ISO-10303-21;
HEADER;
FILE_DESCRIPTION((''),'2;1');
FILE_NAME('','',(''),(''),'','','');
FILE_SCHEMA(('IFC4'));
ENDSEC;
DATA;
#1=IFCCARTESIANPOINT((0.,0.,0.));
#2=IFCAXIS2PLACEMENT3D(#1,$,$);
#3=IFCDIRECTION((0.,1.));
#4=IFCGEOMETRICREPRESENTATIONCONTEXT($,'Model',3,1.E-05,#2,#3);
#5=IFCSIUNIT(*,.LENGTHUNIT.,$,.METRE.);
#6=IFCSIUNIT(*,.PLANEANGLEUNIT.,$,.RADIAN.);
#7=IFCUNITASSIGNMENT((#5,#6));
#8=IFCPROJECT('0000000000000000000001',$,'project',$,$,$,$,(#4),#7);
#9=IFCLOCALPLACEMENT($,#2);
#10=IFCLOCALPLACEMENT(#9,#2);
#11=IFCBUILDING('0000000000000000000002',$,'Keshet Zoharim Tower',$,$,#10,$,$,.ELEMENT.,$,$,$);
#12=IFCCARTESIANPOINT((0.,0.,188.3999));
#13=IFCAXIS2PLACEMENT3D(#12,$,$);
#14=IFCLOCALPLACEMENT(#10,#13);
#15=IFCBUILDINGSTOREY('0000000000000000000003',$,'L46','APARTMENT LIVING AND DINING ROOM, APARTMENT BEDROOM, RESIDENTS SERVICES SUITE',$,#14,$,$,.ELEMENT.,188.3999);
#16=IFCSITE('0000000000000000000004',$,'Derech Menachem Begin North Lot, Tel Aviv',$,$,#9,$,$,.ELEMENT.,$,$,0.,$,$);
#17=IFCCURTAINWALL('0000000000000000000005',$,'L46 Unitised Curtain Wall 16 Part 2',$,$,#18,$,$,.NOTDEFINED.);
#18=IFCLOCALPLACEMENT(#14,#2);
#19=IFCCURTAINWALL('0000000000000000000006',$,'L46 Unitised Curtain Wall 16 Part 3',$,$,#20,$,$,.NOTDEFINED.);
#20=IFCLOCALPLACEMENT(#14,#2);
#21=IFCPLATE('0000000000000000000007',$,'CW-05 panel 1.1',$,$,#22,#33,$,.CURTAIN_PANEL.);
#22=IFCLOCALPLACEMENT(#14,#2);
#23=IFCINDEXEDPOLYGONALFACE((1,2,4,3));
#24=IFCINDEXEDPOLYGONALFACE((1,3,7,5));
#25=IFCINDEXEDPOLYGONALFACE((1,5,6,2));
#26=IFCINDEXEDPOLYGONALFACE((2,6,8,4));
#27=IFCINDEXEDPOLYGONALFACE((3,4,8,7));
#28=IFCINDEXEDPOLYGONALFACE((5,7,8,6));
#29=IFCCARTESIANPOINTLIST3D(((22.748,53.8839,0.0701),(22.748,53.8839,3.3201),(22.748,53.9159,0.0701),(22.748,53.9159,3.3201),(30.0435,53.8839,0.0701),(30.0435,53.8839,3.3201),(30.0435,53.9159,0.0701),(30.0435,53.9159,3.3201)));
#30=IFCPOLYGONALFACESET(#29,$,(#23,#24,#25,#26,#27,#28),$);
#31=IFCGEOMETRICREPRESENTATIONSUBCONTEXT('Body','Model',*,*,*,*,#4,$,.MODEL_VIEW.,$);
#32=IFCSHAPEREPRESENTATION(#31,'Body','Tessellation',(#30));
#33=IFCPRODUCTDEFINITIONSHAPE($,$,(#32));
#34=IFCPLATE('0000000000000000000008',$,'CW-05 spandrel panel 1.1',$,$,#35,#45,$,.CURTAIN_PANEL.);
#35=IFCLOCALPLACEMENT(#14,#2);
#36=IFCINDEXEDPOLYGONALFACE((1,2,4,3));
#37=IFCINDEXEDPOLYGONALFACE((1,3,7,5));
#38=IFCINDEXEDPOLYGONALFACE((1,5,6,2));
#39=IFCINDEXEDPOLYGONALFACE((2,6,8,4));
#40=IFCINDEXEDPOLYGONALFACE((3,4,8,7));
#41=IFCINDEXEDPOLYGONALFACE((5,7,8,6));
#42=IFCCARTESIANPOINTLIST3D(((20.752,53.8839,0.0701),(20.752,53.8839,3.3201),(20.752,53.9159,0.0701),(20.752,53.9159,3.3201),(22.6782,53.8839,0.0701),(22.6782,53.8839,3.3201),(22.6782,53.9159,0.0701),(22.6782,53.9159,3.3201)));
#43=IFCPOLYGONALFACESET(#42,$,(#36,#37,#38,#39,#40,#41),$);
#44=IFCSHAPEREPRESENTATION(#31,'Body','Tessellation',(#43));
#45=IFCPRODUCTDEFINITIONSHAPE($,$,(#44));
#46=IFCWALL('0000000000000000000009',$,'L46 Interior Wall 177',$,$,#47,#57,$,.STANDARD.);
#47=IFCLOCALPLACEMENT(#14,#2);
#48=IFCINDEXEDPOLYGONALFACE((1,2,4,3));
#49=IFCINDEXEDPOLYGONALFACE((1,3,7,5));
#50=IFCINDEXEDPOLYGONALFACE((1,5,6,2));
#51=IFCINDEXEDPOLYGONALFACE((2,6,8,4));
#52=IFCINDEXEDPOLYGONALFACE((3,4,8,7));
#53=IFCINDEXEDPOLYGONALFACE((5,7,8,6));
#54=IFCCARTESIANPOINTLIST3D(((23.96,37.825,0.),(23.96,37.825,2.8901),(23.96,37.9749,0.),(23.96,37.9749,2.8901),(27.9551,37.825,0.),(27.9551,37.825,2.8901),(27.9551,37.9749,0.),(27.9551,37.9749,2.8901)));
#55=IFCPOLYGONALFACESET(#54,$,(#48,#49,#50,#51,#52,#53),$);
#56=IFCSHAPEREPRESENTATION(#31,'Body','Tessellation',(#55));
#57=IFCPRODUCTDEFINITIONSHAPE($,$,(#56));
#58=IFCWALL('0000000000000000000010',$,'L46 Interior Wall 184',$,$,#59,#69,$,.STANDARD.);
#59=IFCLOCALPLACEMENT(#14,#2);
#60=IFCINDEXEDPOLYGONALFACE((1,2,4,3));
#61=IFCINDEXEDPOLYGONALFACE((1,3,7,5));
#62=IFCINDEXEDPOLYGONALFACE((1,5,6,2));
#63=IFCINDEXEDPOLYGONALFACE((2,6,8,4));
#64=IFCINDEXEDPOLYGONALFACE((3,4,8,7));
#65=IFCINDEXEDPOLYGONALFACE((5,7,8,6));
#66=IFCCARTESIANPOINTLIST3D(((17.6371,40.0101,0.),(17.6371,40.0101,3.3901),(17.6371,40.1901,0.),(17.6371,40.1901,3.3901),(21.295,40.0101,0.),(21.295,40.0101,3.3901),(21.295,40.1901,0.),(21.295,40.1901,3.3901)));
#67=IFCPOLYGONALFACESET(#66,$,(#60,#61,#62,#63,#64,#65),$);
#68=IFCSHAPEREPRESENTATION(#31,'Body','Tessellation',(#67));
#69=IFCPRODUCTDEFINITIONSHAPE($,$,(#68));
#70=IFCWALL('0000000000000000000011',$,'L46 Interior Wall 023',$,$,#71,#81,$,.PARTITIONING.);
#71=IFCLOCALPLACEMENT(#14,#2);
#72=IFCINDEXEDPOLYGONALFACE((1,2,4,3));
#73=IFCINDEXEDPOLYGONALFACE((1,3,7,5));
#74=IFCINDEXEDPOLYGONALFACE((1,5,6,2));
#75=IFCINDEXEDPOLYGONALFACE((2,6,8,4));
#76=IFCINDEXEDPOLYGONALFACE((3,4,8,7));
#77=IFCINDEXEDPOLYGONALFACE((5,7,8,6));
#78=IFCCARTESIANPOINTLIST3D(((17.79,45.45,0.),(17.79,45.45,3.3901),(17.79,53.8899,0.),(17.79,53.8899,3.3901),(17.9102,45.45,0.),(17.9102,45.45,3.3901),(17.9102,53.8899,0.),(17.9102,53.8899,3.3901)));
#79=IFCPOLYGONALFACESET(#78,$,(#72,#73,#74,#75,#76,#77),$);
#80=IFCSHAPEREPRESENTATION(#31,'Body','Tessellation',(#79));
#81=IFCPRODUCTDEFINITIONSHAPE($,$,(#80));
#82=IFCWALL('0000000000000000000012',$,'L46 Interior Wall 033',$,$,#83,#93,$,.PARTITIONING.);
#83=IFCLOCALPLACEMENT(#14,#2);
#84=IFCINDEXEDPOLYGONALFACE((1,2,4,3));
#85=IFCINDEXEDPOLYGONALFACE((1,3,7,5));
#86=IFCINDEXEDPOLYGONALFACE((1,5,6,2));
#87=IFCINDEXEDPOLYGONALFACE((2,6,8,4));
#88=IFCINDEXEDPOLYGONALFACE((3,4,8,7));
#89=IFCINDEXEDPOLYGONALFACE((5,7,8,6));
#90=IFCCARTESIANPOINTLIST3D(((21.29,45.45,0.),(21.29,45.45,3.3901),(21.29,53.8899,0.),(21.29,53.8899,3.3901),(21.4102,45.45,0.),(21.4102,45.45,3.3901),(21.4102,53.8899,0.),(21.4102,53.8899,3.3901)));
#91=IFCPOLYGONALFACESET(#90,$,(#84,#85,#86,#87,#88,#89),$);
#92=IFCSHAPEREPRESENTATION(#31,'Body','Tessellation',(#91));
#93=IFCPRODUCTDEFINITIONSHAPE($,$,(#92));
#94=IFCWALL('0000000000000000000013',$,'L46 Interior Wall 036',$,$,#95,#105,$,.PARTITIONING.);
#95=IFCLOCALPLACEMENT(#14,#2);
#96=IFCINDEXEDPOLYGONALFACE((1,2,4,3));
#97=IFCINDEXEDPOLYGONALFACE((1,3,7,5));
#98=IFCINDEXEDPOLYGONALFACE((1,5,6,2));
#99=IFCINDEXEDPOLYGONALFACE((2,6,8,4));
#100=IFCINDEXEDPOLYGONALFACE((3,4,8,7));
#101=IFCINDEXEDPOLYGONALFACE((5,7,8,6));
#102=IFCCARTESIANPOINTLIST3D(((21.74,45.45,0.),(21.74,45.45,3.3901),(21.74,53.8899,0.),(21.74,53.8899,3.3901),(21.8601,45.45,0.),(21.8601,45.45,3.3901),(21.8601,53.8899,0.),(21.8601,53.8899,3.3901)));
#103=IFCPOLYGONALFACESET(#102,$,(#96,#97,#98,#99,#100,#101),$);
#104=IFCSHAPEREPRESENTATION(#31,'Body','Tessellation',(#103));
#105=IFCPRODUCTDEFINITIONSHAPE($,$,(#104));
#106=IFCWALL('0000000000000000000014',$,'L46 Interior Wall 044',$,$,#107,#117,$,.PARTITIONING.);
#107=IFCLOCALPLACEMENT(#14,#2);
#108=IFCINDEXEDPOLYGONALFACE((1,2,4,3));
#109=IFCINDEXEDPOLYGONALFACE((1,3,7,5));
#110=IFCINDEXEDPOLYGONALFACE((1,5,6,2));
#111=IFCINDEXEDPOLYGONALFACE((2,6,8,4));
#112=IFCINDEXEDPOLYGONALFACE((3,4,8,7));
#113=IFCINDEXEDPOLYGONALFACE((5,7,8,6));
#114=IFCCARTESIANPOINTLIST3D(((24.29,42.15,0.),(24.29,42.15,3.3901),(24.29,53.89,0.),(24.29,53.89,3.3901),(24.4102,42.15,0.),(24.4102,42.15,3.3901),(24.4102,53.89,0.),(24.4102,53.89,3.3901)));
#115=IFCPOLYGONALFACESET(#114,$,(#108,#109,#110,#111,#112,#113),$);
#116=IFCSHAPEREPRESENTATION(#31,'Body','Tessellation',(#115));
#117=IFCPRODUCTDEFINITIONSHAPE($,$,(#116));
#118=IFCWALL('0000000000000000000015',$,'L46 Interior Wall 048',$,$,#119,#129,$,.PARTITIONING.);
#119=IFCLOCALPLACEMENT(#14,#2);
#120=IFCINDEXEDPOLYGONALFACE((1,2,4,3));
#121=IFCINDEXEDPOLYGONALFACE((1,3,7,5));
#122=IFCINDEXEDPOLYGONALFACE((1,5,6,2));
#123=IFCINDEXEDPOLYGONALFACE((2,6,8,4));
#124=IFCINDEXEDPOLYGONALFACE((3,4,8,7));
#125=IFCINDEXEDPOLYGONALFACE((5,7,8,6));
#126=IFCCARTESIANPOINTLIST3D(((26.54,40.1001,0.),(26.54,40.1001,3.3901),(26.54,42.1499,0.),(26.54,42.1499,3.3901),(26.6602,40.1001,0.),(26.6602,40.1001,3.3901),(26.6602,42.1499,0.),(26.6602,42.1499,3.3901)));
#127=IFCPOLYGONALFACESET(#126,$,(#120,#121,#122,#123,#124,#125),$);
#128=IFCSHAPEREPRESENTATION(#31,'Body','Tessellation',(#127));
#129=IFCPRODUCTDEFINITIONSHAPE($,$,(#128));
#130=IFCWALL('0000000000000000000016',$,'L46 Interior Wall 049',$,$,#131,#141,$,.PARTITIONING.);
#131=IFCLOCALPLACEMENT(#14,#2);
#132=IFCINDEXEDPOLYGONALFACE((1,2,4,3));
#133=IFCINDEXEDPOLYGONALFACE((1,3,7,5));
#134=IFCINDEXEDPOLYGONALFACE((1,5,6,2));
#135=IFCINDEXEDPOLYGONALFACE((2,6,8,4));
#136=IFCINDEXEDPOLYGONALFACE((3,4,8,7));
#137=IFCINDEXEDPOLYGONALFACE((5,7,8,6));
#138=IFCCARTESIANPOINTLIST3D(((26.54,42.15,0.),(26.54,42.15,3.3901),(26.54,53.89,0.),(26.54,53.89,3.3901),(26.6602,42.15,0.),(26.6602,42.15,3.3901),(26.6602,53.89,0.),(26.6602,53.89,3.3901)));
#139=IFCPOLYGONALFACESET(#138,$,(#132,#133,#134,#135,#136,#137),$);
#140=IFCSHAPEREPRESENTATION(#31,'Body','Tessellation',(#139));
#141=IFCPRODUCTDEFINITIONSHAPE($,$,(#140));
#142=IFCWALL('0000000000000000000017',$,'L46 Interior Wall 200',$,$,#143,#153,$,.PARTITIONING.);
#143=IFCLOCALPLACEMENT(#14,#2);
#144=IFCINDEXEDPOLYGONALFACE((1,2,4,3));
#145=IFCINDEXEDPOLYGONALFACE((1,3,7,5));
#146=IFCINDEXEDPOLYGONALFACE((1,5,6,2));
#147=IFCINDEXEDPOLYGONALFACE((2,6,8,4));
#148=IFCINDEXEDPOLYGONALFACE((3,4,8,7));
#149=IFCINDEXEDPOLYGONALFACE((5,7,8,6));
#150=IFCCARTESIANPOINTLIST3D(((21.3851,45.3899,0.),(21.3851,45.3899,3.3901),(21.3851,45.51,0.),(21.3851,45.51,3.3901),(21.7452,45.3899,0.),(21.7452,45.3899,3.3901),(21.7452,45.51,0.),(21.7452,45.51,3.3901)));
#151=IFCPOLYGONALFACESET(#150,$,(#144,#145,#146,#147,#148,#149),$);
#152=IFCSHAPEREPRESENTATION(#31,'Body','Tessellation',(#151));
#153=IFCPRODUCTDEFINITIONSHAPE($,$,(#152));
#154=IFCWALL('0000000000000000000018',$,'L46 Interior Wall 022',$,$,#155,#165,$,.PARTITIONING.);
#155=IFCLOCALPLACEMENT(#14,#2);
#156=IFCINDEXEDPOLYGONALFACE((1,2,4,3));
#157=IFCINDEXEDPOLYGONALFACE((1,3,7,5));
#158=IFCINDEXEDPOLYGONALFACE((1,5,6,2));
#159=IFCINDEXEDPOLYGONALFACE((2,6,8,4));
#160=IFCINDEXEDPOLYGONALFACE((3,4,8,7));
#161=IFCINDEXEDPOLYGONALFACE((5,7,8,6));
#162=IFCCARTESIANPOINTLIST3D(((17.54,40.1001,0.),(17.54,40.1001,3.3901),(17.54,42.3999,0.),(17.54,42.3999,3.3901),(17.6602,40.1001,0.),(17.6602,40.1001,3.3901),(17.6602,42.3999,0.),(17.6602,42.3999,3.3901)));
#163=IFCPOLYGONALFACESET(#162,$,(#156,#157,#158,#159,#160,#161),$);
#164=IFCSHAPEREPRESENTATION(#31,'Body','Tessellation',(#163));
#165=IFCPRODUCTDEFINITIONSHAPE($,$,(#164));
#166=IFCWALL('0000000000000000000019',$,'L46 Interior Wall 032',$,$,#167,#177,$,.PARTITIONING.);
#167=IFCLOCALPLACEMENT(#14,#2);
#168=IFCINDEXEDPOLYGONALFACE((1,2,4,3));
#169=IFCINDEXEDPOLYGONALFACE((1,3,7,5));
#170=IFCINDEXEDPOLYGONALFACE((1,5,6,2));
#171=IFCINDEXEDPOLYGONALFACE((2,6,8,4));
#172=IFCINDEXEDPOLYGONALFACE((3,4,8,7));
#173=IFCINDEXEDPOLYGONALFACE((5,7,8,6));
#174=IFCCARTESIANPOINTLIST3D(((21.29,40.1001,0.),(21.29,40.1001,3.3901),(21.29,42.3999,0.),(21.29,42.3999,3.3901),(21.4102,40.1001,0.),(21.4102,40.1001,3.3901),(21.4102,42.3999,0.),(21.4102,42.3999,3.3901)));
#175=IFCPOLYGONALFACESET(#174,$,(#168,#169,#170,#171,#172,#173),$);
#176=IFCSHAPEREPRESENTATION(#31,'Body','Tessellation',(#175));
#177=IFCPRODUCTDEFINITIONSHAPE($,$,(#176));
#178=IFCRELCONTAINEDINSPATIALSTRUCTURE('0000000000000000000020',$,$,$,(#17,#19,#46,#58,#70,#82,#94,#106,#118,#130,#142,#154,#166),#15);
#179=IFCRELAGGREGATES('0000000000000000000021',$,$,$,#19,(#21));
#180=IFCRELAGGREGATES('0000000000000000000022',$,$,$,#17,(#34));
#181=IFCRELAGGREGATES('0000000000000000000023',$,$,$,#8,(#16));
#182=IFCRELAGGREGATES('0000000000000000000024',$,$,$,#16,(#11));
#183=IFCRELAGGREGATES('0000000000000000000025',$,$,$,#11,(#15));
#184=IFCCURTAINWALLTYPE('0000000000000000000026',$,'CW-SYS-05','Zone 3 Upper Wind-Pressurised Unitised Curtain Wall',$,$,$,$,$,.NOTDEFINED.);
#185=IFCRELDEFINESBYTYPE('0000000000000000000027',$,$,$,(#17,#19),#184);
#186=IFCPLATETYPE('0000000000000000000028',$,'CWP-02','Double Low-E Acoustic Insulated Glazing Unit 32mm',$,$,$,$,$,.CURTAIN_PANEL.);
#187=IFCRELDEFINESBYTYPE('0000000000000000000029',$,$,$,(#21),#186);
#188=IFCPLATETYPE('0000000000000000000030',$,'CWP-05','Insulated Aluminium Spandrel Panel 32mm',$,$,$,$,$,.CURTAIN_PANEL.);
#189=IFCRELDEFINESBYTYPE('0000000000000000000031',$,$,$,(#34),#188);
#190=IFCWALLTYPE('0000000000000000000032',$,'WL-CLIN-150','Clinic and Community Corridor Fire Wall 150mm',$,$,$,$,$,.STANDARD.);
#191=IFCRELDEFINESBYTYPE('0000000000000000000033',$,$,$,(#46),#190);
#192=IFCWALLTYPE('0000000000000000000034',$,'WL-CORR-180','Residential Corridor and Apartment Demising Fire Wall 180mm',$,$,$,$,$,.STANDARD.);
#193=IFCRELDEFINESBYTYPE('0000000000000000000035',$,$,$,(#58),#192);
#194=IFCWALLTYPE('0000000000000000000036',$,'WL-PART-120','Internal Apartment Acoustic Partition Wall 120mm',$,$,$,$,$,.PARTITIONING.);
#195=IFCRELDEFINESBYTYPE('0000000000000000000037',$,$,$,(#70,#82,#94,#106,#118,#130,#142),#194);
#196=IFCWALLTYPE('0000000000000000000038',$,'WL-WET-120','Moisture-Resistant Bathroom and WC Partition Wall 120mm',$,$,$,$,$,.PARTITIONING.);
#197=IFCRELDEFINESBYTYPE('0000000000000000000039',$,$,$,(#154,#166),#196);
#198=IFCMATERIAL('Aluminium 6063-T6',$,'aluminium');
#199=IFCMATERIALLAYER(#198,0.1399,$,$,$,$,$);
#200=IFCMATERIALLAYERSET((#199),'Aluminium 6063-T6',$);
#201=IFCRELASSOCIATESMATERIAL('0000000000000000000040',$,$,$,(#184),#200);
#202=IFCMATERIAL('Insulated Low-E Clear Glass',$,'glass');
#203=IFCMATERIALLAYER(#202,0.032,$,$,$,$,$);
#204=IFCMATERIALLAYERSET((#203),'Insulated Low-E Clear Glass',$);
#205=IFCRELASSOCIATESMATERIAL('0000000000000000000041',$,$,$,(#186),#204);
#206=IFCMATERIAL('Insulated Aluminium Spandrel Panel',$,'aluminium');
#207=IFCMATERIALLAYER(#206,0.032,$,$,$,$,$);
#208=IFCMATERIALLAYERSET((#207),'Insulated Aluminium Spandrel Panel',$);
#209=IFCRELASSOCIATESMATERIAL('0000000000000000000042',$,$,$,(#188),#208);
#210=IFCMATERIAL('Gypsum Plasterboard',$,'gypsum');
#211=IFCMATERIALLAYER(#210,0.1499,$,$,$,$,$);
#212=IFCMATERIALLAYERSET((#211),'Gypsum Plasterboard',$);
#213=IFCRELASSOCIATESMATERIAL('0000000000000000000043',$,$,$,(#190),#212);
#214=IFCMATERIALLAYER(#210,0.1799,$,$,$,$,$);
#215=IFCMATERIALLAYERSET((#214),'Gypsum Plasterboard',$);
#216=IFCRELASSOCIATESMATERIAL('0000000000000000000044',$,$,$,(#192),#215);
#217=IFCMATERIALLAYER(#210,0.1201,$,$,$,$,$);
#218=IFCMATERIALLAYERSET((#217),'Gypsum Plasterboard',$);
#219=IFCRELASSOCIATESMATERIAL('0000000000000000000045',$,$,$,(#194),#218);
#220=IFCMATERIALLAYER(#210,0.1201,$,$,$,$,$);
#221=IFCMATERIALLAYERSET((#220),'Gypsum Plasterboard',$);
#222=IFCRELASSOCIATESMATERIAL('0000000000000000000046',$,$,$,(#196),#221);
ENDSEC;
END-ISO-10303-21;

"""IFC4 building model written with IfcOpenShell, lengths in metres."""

from ifc_helpers import new_model, si_unit, direction, frame, frame_2d, origin, origin_2d, place, context, subcontext, project, spatial, rectangle, extrude, material, layer, layer_set, type_object, element, aggregate, save


model = new_model("IFC4")

# Units and contexts
model_context = context("Model", 3, precision=1e-05, world=origin(), true_north=direction((0.0, 1.0)))
body_context = subcontext(model_context, "Body", "Model", "MODEL_VIEW")
ifc_project = project(units=[si_unit("LENGTHUNIT", "METRE"), si_unit("PLANEANGLEUNIT", "RADIAN")], contexts=[model_context])

# Site, building, storey
site_placement = place(None, origin())
site = spatial("IfcSite", under=ifc_project, at=site_placement, Name="Derech Menachem Begin North Lot, Tel Aviv", CompositionType="ELEMENT", RefElevation=0.0)
building_placement = place(site_placement, origin())
building = spatial("IfcBuilding", under=site, at=building_placement, Name="Keshet Zoharim Tower", CompositionType="ELEMENT")
storey_placement = place(building_placement, frame((0.0, 0.0, 188.3999)))
storey = spatial("IfcBuildingStorey", under=building, at=storey_placement, Name="L46", Description="APARTMENT LIVING AND DINING ROOM, APARTMENT BEDROOM, RESIDENTS SERVICES SUITE", CompositionType="ELEMENT", Elevation=188.3999)

# Curtain wall
ifc_material_1 = material(Name="Aluminium 6063-T6", Category="aluminium")
ifc_layer_1 = layer(ifc_material_1, 0.1399)
ifc_layer_set_1 = layer_set([ifc_layer_1], Name="Aluminium 6063-T6")
curtain_wall_type = type_object("IfcCurtainWallType", Name="CW-SYS-05", Description="Zone 3 Upper Wind-Pressurised Unitised Curtain Wall", PredefinedType="NOTDEFINED", material=ifc_layer_set_1)
curtain_wall_1_placement = place(storey_placement, origin())
curtain_wall_1 = element("IfcCurtainWall", 1, at=curtain_wall_1_placement, inside=storey, type_object=curtain_wall_type, Name="L46 Unitised Curtain Wall 16 Part 2", PredefinedType="NOTDEFINED")

# Curtain wall
curtain_wall_2_placement = place(storey_placement, origin())
curtain_wall_2 = element("IfcCurtainWall", 2, at=curtain_wall_2_placement, inside=storey, type_object=curtain_wall_type, Name="L46 Unitised Curtain Wall 16 Part 3", PredefinedType="NOTDEFINED")

# Plates
ifc_material_2 = material(Name="Insulated Low-E Clear Glass", Category="glass")
ifc_layer_2 = layer(ifc_material_2, 0.032)
ifc_layer_set_2 = layer_set([ifc_layer_2], Name="Insulated Low-E Clear Glass")
plate_type_1 = type_object("IfcPlateType", Name="CWP-02", Description="Double Low-E Acoustic Insulated Glazing Unit 32mm", PredefinedType="CURTAIN_PANEL", material=ifc_layer_set_2)
plate_1_placement = place(storey_placement, frame((26.3958, 53.8999, 0.0701), z_axis=(0.0, 0.0, 1.0), x_axis=(1.0, 0.0, 0.0)))
plate_1 = element("IfcPlate", 3, at=plate_1_placement, type_object=plate_type_1, Name="CW-05 panel 1.1", PredefinedType="CURTAIN_PANEL", context=body_context, shape_type="SweptSolid", body=[
    extrude(rectangle(XDim=7.2954, YDim=0.032, at=origin_2d()), origin(), (0.0, 0.0, 1.0), 3.25),
])
aggregate(curtain_wall_2, [plate_1])
ifc_material_3 = material(Name="Insulated Aluminium Spandrel Panel", Category="aluminium")
ifc_layer_3 = layer(ifc_material_3, 0.032)
ifc_layer_set_3 = layer_set([ifc_layer_3], Name="Insulated Aluminium Spandrel Panel")
plate_type_2 = type_object("IfcPlateType", Name="CWP-05", Description="Insulated Aluminium Spandrel Panel 32mm", PredefinedType="CURTAIN_PANEL", material=ifc_layer_set_3)
plate_2_placement = place(storey_placement, frame((21.7151, 53.8999, 0.0701), z_axis=(0.0, 0.0, 1.0), x_axis=(1.0, 0.0, 0.0)))
plate_2 = element("IfcPlate", 4, at=plate_2_placement, type_object=plate_type_2, Name="CW-05 spandrel panel 1.1", PredefinedType="CURTAIN_PANEL", context=body_context, shape_type="SweptSolid", body=[
    extrude(rectangle(XDim=1.9263, YDim=0.032, at=origin_2d()), origin(), (0.0, 0.0, 1.0), 3.25),
])
aggregate(curtain_wall_1, [plate_2])

# Walls
ifc_material_4 = material(Name="Gypsum Plasterboard", Category="gypsum")
ifc_layer_4 = layer(ifc_material_4, 0.1499)
ifc_layer_set_4 = layer_set([ifc_layer_4], Name="Gypsum Plasterboard")
wall_type_1 = type_object("IfcWallType", Name="WL-CLIN-150", Description="Clinic and Community Corridor Fire Wall 150mm", PredefinedType="STANDARD", material=ifc_layer_set_4)
wall_1_placement = place(storey_placement, frame((23.96, 37.8999, 0.0), z_axis=(0.0, 0.0, 1.0), x_axis=(1.0, 0.0, 0.0)))
element("IfcWall", 5, at=wall_1_placement, inside=storey, type_object=wall_type_1, Name="L46 Interior Wall 177", PredefinedType="STANDARD", context=body_context, shape_type="SweptSolid", body=[
    extrude(rectangle(XDim=3.9951, YDim=0.1499, at=frame_2d((1.9976, 0.0))), origin(), (0.0, 0.0, 1.0), 2.8901),
])
ifc_layer_5 = layer(ifc_material_4, 0.1799)
ifc_layer_set_5 = layer_set([ifc_layer_5], Name="Gypsum Plasterboard")
wall_type_2 = type_object("IfcWallType", Name="WL-CORR-180", Description="Residential Corridor and Apartment Demising Fire Wall 180mm", PredefinedType="STANDARD", material=ifc_layer_set_5)
wall_2_placement = place(storey_placement, frame((17.637, 40.1001, 0.0), z_axis=(0.0, 0.0, 1.0), x_axis=(1.0, 0.0, 0.0)))
element("IfcWall", 6, at=wall_2_placement, inside=storey, type_object=wall_type_2, Name="L46 Interior Wall 184", PredefinedType="STANDARD", context=body_context, shape_type="SweptSolid", body=[
    extrude(rectangle(XDim=3.658, YDim=0.1799, at=frame_2d((1.8291, 0.0))), origin(), (0.0, 0.0, 1.0), 3.3901),
])

# Walls
ifc_layer_6 = layer(ifc_material_4, 0.1201)
ifc_layer_set_6 = layer_set([ifc_layer_6], Name="Gypsum Plasterboard")
wall_type_3 = type_object("IfcWallType", Name="WL-PART-120", Description="Internal Apartment Acoustic Partition Wall 120mm", PredefinedType="PARTITIONING", material=ifc_layer_set_6)
for number, where, z_axis, x_axis, name in (
    (7, (17.8501, 45.45, 0.0), (0.0, 0.0, 1.0), (0.0, 1.0, 0.0), "L46 Interior Wall 023"),
    (8, (21.3501, 45.45, 0.0), (0.0, 0.0, 1.0), (0.0, 1.0, 0.0), "L46 Interior Wall 033"),
    (9, (21.8, 45.45, 0.0), (0.0, 0.0, 1.0), (0.0, 1.0, 0.0), "L46 Interior Wall 036"),
):
    element("IfcWall", number, at=place(storey_placement, frame(where, z_axis=z_axis, x_axis=x_axis)), inside=storey, type_object=wall_type_3, Name=name, PredefinedType="PARTITIONING", context=body_context, shape_type="SweptSolid", body=[
        extrude(rectangle(XDim=8.4399, YDim=0.1201, at=frame_2d((4.22, 0.0))), origin(), (0.0, 0.0, 1.0), 3.3901),
    ])
wall_3_placement = place(storey_placement, frame((24.3501, 42.1499, 0.0), z_axis=(0.0, 0.0, 1.0), x_axis=(0.0, 1.0, 0.0)))
element("IfcWall", 10, at=wall_3_placement, inside=storey, type_object=wall_type_3, Name="L46 Interior Wall 044", PredefinedType="PARTITIONING", context=body_context, shape_type="SweptSolid", body=[
    extrude(rectangle(XDim=11.74, YDim=0.1201, at=frame_2d((5.8701, 0.0))), origin(), (0.0, 0.0, 1.0), 3.3901),
])
wall_4_placement = place(storey_placement, frame((26.6001, 40.1001, 0.0), z_axis=(0.0, 0.0, 1.0), x_axis=(0.0, 1.0, 0.0)))
element("IfcWall", 11, at=wall_4_placement, inside=storey, type_object=wall_type_3, Name="L46 Interior Wall 048", PredefinedType="PARTITIONING", context=body_context, shape_type="SweptSolid", body=[
    extrude(rectangle(XDim=2.0498, YDim=0.1201, at=frame_2d((1.0249, 0.0))), origin(), (0.0, 0.0, 1.0), 3.3901),
])
wall_5_placement = place(storey_placement, frame((26.6001, 42.1499, 0.0), z_axis=(0.0, 0.0, 1.0), x_axis=(0.0, 1.0, 0.0)))
element("IfcWall", 12, at=wall_5_placement, inside=storey, type_object=wall_type_3, Name="L46 Interior Wall 049", PredefinedType="PARTITIONING", context=body_context, shape_type="SweptSolid", body=[
    extrude(rectangle(XDim=11.74, YDim=0.1201, at=frame_2d((5.8701, 0.0))), origin(), (0.0, 0.0, 1.0), 3.3901),
])

# Walls
wall_6_placement = place(storey_placement, frame((21.385, 45.45, 0.0), z_axis=(0.0, 0.0, 1.0), x_axis=(1.0, 0.0, 0.0)))
element("IfcWall", 13, at=wall_6_placement, inside=storey, type_object=wall_type_3, Name="L46 Interior Wall 200", PredefinedType="PARTITIONING", context=body_context, shape_type="SweptSolid", body=[
    extrude(rectangle(XDim=0.3601, YDim=0.1201, at=frame_2d((0.1802, 0.0))), origin(), (0.0, 0.0, 1.0), 3.3901),
])
ifc_layer_7 = layer(ifc_material_4, 0.1201)
ifc_layer_set_7 = layer_set([ifc_layer_7], Name="Gypsum Plasterboard")
wall_type_4 = type_object("IfcWallType", Name="WL-WET-120", Description="Moisture-Resistant Bathroom and WC Partition Wall 120mm", PredefinedType="PARTITIONING", material=ifc_layer_set_7)
for number, where, z_axis, x_axis, name in (
    (14, (17.6001, 40.1001, 0.0), (0.0, 0.0, 1.0), (0.0, 1.0, 0.0), "L46 Interior Wall 022"),
    (15, (21.3501, 40.1001, 0.0), (0.0, 0.0, 1.0), (0.0, 1.0, 0.0), "L46 Interior Wall 032"),
):
    element("IfcWall", number, at=place(storey_placement, frame(where, z_axis=z_axis, x_axis=x_axis)), inside=storey, type_object=wall_type_4, Name=name, PredefinedType="PARTITIONING", context=body_context, shape_type="SweptSolid", body=[
        extrude(rectangle(XDim=2.2998, YDim=0.1201, at=frame_2d((1.1499, 0.0))), origin(), (0.0, 0.0, 1.0), 3.3901),
    ])

save(model, "model.ifc")
